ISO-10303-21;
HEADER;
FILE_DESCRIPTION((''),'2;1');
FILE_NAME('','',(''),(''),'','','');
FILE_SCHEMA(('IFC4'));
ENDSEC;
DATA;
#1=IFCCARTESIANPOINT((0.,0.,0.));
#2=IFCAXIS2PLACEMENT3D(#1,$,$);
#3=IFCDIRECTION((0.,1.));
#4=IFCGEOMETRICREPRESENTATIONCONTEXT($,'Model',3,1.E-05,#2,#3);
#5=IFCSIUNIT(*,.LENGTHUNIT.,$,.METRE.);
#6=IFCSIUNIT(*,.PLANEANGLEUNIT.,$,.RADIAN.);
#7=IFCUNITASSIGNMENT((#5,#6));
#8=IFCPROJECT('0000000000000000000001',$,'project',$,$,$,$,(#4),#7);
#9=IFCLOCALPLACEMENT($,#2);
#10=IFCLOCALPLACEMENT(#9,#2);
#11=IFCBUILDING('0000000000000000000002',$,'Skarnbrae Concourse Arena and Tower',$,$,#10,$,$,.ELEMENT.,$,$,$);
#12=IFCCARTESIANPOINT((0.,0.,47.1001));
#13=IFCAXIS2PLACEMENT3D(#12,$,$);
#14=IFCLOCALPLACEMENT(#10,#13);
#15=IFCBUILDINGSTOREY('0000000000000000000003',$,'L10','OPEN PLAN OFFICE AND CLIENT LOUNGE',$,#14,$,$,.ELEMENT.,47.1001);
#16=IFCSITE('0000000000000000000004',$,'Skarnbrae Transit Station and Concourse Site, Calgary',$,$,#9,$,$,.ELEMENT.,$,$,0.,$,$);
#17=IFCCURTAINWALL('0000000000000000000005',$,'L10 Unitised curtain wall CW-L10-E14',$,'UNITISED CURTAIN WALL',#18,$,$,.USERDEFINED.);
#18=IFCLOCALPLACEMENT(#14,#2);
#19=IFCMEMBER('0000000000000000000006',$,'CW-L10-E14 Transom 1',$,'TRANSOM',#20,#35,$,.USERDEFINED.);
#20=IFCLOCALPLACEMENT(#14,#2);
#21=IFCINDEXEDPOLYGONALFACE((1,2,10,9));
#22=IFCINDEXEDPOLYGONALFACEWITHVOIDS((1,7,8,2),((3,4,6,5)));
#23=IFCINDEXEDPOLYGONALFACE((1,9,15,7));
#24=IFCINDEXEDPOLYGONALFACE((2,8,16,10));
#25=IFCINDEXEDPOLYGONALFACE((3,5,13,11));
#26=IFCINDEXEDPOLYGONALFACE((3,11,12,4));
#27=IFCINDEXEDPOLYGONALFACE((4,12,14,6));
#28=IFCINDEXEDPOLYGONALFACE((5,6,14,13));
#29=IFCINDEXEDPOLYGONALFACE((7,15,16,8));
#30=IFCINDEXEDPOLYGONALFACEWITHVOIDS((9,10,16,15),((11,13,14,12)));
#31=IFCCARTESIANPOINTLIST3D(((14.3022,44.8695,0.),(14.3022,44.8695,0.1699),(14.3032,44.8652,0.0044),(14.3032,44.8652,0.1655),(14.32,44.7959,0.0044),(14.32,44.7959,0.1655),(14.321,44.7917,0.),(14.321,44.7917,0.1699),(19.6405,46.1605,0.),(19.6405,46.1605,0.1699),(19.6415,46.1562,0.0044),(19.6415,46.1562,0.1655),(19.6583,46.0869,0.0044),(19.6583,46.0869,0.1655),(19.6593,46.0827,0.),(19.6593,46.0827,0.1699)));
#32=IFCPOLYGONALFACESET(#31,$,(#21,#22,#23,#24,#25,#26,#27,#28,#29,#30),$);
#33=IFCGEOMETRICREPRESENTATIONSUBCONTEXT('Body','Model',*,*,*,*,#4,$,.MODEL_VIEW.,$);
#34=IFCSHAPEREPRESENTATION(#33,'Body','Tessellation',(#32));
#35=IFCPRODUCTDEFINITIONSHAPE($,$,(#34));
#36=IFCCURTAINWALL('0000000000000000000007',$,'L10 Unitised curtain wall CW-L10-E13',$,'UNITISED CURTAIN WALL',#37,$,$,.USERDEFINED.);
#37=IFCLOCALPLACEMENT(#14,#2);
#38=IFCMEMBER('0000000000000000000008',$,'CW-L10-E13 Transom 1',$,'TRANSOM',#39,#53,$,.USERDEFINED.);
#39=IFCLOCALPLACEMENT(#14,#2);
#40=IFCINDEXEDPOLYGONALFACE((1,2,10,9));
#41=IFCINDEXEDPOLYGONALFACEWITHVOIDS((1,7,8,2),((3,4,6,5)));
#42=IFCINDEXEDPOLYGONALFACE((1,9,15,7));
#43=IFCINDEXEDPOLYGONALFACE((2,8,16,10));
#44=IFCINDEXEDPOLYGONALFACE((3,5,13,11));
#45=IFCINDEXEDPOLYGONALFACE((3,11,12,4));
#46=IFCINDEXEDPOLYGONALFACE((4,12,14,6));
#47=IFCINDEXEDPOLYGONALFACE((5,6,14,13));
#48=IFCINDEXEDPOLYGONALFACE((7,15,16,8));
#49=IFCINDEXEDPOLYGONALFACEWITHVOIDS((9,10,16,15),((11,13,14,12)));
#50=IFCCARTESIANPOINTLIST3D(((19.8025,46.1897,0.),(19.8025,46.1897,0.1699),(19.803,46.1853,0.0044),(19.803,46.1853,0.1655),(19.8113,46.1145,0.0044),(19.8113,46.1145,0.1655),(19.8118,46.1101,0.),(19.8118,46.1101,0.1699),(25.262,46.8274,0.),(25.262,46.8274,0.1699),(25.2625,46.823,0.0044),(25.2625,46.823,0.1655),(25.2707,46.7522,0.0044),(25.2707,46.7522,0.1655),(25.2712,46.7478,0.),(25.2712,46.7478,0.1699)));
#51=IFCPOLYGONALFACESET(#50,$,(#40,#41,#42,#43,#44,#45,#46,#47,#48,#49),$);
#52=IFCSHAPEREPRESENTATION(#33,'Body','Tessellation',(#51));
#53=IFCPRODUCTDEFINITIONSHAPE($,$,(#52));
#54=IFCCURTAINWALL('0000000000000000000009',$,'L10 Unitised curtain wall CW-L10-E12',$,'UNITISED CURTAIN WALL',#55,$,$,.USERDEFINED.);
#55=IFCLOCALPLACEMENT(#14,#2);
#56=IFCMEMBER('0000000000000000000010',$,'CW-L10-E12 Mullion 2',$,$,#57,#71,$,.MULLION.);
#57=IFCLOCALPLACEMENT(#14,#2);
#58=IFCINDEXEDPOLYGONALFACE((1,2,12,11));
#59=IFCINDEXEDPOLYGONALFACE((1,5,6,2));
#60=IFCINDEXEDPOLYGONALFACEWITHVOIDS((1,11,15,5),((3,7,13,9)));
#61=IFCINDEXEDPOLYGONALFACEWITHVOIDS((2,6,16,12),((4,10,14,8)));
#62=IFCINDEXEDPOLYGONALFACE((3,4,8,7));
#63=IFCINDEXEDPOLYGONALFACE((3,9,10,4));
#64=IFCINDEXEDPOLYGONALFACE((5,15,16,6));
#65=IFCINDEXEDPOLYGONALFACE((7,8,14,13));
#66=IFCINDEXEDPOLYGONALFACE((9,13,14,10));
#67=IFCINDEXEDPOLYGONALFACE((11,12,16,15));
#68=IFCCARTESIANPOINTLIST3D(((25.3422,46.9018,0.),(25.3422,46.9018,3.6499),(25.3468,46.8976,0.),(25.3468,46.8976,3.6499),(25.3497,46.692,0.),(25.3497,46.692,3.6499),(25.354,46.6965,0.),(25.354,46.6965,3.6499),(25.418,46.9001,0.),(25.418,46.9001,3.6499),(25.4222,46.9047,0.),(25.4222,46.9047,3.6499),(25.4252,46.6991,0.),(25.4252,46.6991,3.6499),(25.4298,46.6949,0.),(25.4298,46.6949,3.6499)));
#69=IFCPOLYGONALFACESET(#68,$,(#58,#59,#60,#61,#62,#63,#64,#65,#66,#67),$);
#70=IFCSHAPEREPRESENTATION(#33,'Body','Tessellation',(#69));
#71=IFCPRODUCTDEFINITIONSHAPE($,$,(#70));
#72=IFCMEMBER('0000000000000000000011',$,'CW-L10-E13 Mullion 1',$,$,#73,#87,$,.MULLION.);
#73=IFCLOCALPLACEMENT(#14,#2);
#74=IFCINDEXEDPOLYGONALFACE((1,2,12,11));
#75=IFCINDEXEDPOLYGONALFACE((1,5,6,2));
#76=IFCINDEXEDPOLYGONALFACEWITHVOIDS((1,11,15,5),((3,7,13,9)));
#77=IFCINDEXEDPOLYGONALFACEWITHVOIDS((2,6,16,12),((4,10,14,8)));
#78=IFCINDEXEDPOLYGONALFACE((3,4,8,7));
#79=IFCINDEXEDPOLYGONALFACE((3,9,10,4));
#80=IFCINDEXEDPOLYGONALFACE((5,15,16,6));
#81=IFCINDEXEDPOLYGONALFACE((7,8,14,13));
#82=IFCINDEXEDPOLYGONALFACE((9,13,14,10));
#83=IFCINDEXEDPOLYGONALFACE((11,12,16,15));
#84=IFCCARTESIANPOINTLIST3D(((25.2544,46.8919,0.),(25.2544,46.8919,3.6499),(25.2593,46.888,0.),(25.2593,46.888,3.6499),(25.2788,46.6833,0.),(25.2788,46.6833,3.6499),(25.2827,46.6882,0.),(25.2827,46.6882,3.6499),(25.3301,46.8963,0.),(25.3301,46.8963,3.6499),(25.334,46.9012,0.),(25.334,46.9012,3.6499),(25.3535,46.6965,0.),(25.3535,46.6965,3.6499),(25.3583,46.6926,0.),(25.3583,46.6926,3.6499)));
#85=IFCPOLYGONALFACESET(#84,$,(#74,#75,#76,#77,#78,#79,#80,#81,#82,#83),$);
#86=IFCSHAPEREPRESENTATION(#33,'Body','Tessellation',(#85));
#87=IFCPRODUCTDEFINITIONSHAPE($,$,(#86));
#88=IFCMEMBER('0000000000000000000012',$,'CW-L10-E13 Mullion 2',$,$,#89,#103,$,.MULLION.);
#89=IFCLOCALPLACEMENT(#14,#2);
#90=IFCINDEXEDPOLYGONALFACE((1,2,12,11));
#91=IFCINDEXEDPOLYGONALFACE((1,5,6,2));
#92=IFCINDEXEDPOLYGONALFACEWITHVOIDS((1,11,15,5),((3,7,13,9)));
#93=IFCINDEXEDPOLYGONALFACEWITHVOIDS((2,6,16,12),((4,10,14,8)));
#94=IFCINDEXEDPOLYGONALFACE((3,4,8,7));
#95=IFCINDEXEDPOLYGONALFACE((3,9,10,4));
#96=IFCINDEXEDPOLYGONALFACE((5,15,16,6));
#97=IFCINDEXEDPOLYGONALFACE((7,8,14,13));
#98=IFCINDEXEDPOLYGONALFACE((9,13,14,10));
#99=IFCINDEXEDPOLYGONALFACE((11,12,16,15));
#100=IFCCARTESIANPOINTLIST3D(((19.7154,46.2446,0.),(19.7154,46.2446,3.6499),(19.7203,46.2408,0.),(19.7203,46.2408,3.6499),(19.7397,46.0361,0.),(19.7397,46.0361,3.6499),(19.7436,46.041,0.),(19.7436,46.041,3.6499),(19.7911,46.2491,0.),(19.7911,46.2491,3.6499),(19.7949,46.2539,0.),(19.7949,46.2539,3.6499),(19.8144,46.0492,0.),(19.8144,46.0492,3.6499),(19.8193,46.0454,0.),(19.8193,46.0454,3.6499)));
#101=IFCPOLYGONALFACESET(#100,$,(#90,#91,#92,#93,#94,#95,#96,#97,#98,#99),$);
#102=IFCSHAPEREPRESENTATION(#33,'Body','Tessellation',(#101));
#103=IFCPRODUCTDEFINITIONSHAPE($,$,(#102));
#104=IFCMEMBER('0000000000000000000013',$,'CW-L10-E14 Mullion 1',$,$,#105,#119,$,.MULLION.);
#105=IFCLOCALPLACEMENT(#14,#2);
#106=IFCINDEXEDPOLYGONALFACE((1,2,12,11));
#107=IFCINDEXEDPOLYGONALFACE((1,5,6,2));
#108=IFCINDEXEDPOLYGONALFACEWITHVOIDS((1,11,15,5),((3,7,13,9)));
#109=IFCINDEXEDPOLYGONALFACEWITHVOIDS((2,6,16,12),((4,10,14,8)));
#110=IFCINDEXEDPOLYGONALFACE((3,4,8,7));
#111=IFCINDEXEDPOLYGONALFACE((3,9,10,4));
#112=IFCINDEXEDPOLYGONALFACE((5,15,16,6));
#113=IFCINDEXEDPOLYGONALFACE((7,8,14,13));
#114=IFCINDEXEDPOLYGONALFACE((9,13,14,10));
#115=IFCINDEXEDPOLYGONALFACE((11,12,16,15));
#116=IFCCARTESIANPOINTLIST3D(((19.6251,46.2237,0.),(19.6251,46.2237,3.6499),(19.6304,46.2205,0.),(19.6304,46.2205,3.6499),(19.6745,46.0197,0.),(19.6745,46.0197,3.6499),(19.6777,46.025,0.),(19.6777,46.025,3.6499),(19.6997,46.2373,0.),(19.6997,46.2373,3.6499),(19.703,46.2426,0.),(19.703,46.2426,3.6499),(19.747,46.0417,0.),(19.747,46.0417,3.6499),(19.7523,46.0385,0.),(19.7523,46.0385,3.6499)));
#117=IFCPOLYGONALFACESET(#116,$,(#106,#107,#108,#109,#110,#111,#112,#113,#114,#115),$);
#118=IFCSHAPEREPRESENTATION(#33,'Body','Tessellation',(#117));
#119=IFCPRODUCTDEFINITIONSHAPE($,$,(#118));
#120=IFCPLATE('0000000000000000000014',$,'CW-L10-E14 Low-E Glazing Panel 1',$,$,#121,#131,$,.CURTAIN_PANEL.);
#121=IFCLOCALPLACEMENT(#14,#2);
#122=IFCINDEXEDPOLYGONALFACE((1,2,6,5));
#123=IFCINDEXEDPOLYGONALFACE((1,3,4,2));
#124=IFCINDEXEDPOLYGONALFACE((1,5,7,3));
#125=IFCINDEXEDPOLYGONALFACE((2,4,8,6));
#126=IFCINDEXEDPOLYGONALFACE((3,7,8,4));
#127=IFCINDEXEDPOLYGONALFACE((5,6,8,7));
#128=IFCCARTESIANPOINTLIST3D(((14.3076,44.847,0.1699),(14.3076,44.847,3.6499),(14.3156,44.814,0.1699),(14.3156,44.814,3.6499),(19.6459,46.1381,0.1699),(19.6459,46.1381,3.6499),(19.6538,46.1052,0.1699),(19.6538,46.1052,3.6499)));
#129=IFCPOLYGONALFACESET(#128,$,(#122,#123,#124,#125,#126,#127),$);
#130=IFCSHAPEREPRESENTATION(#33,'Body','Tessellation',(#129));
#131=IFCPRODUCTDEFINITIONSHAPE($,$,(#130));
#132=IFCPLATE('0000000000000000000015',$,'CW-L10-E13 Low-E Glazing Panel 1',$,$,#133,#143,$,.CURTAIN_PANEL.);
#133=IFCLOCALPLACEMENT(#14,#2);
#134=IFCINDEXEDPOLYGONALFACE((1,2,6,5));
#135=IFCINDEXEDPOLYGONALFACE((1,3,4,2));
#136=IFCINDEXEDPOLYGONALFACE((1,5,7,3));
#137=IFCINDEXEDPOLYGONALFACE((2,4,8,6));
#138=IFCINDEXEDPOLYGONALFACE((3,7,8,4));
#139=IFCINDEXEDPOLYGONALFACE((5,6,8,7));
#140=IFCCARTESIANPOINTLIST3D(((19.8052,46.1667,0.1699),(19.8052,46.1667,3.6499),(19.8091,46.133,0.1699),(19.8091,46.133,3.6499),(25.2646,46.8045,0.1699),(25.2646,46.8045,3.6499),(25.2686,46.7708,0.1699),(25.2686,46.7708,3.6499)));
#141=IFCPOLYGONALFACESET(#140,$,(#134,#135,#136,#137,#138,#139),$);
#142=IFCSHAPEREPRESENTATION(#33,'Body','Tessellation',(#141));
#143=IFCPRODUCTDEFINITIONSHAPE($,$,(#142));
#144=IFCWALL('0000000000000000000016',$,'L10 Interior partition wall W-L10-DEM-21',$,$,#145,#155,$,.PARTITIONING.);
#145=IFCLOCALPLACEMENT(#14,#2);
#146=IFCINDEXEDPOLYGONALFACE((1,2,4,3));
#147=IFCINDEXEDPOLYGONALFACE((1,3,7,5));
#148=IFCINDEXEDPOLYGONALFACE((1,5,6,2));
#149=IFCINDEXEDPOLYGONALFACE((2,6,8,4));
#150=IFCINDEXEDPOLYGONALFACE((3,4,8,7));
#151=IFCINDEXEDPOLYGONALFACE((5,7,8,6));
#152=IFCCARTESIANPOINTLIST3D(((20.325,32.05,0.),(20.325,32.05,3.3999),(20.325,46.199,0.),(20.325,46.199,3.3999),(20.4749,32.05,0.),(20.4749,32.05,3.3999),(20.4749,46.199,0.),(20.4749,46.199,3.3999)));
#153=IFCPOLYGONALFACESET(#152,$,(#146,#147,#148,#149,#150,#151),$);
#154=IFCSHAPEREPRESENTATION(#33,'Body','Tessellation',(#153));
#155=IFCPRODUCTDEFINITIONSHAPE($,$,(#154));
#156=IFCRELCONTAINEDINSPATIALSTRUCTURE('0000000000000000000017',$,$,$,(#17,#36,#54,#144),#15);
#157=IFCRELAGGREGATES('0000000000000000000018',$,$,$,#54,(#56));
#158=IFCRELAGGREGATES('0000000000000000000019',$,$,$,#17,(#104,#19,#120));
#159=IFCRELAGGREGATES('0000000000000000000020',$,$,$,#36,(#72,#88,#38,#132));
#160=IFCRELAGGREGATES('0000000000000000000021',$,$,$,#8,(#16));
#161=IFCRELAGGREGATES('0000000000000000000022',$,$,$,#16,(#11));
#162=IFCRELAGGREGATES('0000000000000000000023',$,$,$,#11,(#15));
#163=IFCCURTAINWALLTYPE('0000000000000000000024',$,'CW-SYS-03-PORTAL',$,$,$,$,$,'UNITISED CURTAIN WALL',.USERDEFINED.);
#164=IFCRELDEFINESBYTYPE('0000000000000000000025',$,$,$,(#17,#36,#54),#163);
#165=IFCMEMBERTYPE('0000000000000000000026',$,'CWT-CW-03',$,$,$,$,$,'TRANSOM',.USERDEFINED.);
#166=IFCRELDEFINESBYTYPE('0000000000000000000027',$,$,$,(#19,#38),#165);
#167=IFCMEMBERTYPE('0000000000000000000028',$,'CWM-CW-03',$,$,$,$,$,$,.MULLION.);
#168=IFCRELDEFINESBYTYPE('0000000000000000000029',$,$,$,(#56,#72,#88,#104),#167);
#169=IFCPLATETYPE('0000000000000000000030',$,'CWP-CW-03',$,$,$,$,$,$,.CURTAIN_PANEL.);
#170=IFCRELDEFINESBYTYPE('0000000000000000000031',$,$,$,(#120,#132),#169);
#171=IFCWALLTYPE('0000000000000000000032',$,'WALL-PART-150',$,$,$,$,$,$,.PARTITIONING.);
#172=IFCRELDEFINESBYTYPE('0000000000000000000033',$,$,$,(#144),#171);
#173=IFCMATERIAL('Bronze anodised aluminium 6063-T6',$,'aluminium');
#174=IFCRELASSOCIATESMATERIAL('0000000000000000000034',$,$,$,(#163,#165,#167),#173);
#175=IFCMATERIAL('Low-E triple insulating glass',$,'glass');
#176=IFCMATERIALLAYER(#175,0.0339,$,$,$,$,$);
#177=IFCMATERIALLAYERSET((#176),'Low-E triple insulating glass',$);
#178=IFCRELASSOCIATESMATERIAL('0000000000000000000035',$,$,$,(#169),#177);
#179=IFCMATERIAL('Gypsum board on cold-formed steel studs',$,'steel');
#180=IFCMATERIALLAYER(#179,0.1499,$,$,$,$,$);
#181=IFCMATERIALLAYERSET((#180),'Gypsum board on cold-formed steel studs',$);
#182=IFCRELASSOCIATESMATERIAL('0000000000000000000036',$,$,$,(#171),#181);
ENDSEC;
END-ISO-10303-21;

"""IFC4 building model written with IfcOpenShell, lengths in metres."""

from ifc_helpers import new_model, si_unit, direction, frame, frame_2d, origin, origin_2d, place, context, subcontext, project, spatial, rectangle, hollow_rectangle, extrude, source, transform, mapped, material, layer, layer_set, material_profile, profile_set, type_object, element, aggregate, save


model = new_model("IFC4")

# Units and contexts
model_context = context("Model", 3, precision=1e-05, world=origin(), true_north=direction((0.0, 1.0)))
body_context = subcontext(model_context, "Body", "Model", "MODEL_VIEW")
ifc_project = project(units=[si_unit("LENGTHUNIT", "METRE"), si_unit("PLANEANGLEUNIT", "RADIAN")], contexts=[model_context])

# Site, building, storey
site_placement = place(None, origin())
site = spatial("IfcSite", under=ifc_project, at=site_placement, Name="Skarnbrae Transit Station and Concourse Site, Calgary", CompositionType="ELEMENT", RefElevation=0.0)
building_placement = place(site_placement, origin())
building = spatial("IfcBuilding", under=site, at=building_placement, Name="Skarnbrae Concourse Arena and Tower", CompositionType="ELEMENT")
storey_placement = place(building_placement, frame((0.0, 0.0, 47.1001)))
storey = spatial("IfcBuildingStorey", under=building, at=storey_placement, Name="L10", Description="OPEN PLAN OFFICE AND CLIENT LOUNGE", CompositionType="ELEMENT", Elevation=47.1001)

# Curtain walls, members
ifc_material_1 = material(Name="Bronze anodised aluminium 6063-T6", Category="aluminium")
curtain_wall_type = type_object("IfcCurtainWallType", Name="CW-SYS-03-PORTAL", ElementType="UNITISED CURTAIN WALL", PredefinedType="USERDEFINED", material=ifc_material_1)
curtain_wall_1_placement = place(storey_placement, origin())
curtain_wall_1 = element("IfcCurtainWall", 1, at=curtain_wall_1_placement, inside=storey, type_object=curtain_wall_type, Name="L10 Unitised curtain wall CW-L10-E14", ObjectType="UNITISED CURTAIN WALL", PredefinedType="USERDEFINED")
ifc_material_profile_1 = material_profile(ifc_material_1, hollow_rectangle(XDim=0.0801, YDim=0.1699, WallThickness=0.0044, at=origin_2d()), Name="ALU-TRAN-80X170")
ifc_profile_set_1 = profile_set([ifc_material_profile_1], Name="Bronze anodised aluminium 6063-T6")
member_type_1 = type_object("IfcMemberType", Name="CWT-CW-03", ElementType="TRANSOM", PredefinedType="USERDEFINED", material=ifc_profile_set_1)
shared_shape_1 = source(origin(), body_context, "Body", "SweptSolid", [
    extrude(hollow_rectangle(XDim=0.0801, YDim=0.1699, WallThickness=0.0044, at=origin_2d()), origin(), (0.0, 0.0, 1.0), 5.4922),
])
member_1_placement = place(storey_placement, frame((19.6499, 46.1216, 0.085), z_axis=(-0.971981, -0.235061, 0.0), x_axis=(0.235061, -0.971981, 0.0)))
member_1 = element("IfcMember", 2, at=member_1_placement, type_object=member_type_1, Name="CW-L10-E14 Transom 1", ObjectType="TRANSOM", PredefinedType="USERDEFINED", context=body_context, shape_type="MappedRepresentation", body=[
    mapped(shared_shape_1, transform((0.0, 0.0, 0.0))),
])
curtain_wall_2_placement = place(storey_placement, origin())
curtain_wall_2 = element("IfcCurtainWall", 3, at=curtain_wall_2_placement, inside=storey, type_object=curtain_wall_type, Name="L10 Unitised curtain wall CW-L10-E13", ObjectType="UNITISED CURTAIN WALL", PredefinedType="USERDEFINED")
shared_shape_2 = source(origin(), body_context, "Body", "SweptSolid", [
    extrude(hollow_rectangle(XDim=0.0801, YDim=0.1699, WallThickness=0.0044, at=origin_2d()), origin(), (0.0, 0.0, 1.0), 5.4966),
])
member_2_placement = place(storey_placement, frame((25.2666, 46.7876, 0.085), z_axis=(-0.993247, -0.116017, 0.0), x_axis=(0.116017, -0.993247, 0.0)))
member_2 = element("IfcMember", 4, at=member_2_placement, type_object=member_type_1, Name="CW-L10-E13 Transom 1", ObjectType="TRANSOM", PredefinedType="USERDEFINED", context=body_context, shape_type="MappedRepresentation", body=[
    mapped(shared_shape_2, transform((0.0, 0.0, 0.0))),
])
curtain_wall_3_placement = place(storey_placement, origin())
curtain_wall_3 = element("IfcCurtainWall", 5, at=curtain_wall_3_placement, inside=storey, type_object=curtain_wall_type, Name="L10 Unitised curtain wall CW-L10-E12", ObjectType="UNITISED CURTAIN WALL", PredefinedType="USERDEFINED")
ifc_material_profile_2 = material_profile(ifc_material_1, hollow_rectangle(XDim=0.0801, YDim=0.21, WallThickness=0.0044, at=origin_2d()), Name="ALU-MULL-80X210")
ifc_profile_set_2 = profile_set([ifc_material_profile_2], Name="Bronze anodised aluminium 6063-T6")
member_type_2 = type_object("IfcMemberType", Name="CWM-CW-03", PredefinedType="MULLION", material=ifc_profile_set_2)
shared_shape_3 = source(origin(), body_context, "Body", "SweptSolid", [
    extrude(hollow_rectangle(XDim=0.0801, YDim=0.21, WallThickness=0.0044, at=origin_2d()), origin(), (0.0, 0.0, 1.0), 3.6499),
])
member_3_placement = place(storey_placement, frame((25.386, 46.7983, 0.0), z_axis=(0.0, 0.0, 1.0), x_axis=(-0.999355, -0.035899, 0.0)))
member_3 = element("IfcMember", 6, at=member_3_placement, type_object=member_type_2, Name="CW-L10-E12 Mullion 2", PredefinedType="MULLION", context=body_context, shape_type="MappedRepresentation", body=[
    mapped(shared_shape_3, transform((0.0, 0.0, 0.0))),
])
aggregate(curtain_wall_3, [member_3])

# Members
member_4_placement = place(storey_placement, frame((25.3064, 46.7922, 0.0), z_axis=(0.0, 0.0, 1.0), x_axis=(-0.993245, -0.11604, 0.0)))
member_4 = element("IfcMember", 7, at=member_4_placement, type_object=member_type_2, Name="CW-L10-E13 Mullion 1", PredefinedType="MULLION", context=body_context, shape_type="MappedRepresentation", body=[
    mapped(shared_shape_3, transform((0.0, 0.0, 0.0))),
])
member_5_placement = place(storey_placement, frame((19.7673, 46.145, 0.0), z_axis=(0.0, 0.0, 1.0), x_axis=(-0.993245, -0.11604, 0.0)))
member_5 = element("IfcMember", 8, at=member_5_placement, type_object=member_type_2, Name="CW-L10-E13 Mullion 2", PredefinedType="MULLION", context=body_context, shape_type="MappedRepresentation", body=[
    mapped(shared_shape_3, transform((0.0, 0.0, 0.0))),
])
member_6_placement = place(storey_placement, frame((19.6887, 46.1311, 0.0), z_axis=(0.0, 0.0, 1.0), x_axis=(-0.971974, -0.23509, 0.0)))
member_6 = element("IfcMember", 9, at=member_6_placement, type_object=member_type_2, Name="CW-L10-E14 Mullion 1", PredefinedType="MULLION", context=body_context, shape_type="MappedRepresentation", body=[
    mapped(shared_shape_3, transform((0.0, 0.0, 0.0))),
])

# Plates
ifc_material_2 = material(Name="Low-E triple insulating glass", Category="glass")
ifc_layer_1 = layer(ifc_material_2, 0.0339)
ifc_layer_set_1 = layer_set([ifc_layer_1], Name="Low-E triple insulating glass")
plate_type = type_object("IfcPlateType", Name="CWP-CW-03", PredefinedType="CURTAIN_PANEL", material=ifc_layer_set_1)
shared_shape_4 = source(origin(), body_context, "Body", "SweptSolid", [
    extrude(rectangle(XDim=5.4922, YDim=0.0339, at=origin_2d()), origin(), (0.0, 0.0, 1.0), 3.48),
])
plate_1_placement = place(storey_placement, frame((16.9807, 45.4761, 0.1699), z_axis=(0.0, 0.0, 1.0), x_axis=(-0.971974, -0.23509, 0.0)))
plate_1 = element("IfcPlate", 10, at=plate_1_placement, type_object=plate_type, Name="CW-L10-E14 Low-E Glazing Panel 1", PredefinedType="CURTAIN_PANEL", context=body_context, shape_type="MappedRepresentation", body=[
    mapped(shared_shape_4, transform((0.0, 0.0, 0.0))),
])
aggregate(curtain_wall_1, [member_6, member_1, plate_1])
shared_shape_5 = source(origin(), body_context, "Body", "SweptSolid", [
    extrude(rectangle(XDim=5.4966, YDim=0.0339, at=origin_2d()), origin(), (0.0, 0.0, 1.0), 3.48),
])
plate_2_placement = place(storey_placement, frame((22.5369, 46.4688, 0.1699), z_axis=(0.0, 0.0, 1.0), x_axis=(-0.993245, -0.11604, 0.0)))
plate_2 = element("IfcPlate", 11, at=plate_2_placement, type_object=plate_type, Name="CW-L10-E13 Low-E Glazing Panel 1", PredefinedType="CURTAIN_PANEL", context=body_context, shape_type="MappedRepresentation", body=[
    mapped(shared_shape_5, transform((0.0, 0.0, 0.0))),
])
aggregate(curtain_wall_2, [member_4, member_5, member_2, plate_2])

# Wall
ifc_material_3 = material(Name="Gypsum board on cold-formed steel studs", Category="steel")
ifc_layer_2 = layer(ifc_material_3, 0.1499)
ifc_layer_set_2 = layer_set([ifc_layer_2], Name="Gypsum board on cold-formed steel studs")
wall_type = type_object("IfcWallType", Name="WALL-PART-150", PredefinedType="PARTITIONING", material=ifc_layer_set_2)
shared_shape_6 = source(origin(), body_context, "Body", "SweptSolid", [
    extrude(rectangle(XDim=14.1489, YDim=0.1499, at=frame_2d((7.0745, 0.0))), origin(), (0.0, 0.0, 1.0), 3.3999),
])
wall_placement = place(storey_placement, frame((20.3999, 46.199, 0.0), z_axis=(0.0, 0.0, 1.0), x_axis=(0.0, -1.0, 0.0)))
element("IfcWall", 12, at=wall_placement, inside=storey, type_object=wall_type, Name="L10 Interior partition wall W-L10-DEM-21", PredefinedType="PARTITIONING", context=body_context, shape_type="MappedRepresentation", body=[
    mapped(shared_shape_6, transform((0.0, 0.0, 0.0))),
])

save(model, "model.ifc")
